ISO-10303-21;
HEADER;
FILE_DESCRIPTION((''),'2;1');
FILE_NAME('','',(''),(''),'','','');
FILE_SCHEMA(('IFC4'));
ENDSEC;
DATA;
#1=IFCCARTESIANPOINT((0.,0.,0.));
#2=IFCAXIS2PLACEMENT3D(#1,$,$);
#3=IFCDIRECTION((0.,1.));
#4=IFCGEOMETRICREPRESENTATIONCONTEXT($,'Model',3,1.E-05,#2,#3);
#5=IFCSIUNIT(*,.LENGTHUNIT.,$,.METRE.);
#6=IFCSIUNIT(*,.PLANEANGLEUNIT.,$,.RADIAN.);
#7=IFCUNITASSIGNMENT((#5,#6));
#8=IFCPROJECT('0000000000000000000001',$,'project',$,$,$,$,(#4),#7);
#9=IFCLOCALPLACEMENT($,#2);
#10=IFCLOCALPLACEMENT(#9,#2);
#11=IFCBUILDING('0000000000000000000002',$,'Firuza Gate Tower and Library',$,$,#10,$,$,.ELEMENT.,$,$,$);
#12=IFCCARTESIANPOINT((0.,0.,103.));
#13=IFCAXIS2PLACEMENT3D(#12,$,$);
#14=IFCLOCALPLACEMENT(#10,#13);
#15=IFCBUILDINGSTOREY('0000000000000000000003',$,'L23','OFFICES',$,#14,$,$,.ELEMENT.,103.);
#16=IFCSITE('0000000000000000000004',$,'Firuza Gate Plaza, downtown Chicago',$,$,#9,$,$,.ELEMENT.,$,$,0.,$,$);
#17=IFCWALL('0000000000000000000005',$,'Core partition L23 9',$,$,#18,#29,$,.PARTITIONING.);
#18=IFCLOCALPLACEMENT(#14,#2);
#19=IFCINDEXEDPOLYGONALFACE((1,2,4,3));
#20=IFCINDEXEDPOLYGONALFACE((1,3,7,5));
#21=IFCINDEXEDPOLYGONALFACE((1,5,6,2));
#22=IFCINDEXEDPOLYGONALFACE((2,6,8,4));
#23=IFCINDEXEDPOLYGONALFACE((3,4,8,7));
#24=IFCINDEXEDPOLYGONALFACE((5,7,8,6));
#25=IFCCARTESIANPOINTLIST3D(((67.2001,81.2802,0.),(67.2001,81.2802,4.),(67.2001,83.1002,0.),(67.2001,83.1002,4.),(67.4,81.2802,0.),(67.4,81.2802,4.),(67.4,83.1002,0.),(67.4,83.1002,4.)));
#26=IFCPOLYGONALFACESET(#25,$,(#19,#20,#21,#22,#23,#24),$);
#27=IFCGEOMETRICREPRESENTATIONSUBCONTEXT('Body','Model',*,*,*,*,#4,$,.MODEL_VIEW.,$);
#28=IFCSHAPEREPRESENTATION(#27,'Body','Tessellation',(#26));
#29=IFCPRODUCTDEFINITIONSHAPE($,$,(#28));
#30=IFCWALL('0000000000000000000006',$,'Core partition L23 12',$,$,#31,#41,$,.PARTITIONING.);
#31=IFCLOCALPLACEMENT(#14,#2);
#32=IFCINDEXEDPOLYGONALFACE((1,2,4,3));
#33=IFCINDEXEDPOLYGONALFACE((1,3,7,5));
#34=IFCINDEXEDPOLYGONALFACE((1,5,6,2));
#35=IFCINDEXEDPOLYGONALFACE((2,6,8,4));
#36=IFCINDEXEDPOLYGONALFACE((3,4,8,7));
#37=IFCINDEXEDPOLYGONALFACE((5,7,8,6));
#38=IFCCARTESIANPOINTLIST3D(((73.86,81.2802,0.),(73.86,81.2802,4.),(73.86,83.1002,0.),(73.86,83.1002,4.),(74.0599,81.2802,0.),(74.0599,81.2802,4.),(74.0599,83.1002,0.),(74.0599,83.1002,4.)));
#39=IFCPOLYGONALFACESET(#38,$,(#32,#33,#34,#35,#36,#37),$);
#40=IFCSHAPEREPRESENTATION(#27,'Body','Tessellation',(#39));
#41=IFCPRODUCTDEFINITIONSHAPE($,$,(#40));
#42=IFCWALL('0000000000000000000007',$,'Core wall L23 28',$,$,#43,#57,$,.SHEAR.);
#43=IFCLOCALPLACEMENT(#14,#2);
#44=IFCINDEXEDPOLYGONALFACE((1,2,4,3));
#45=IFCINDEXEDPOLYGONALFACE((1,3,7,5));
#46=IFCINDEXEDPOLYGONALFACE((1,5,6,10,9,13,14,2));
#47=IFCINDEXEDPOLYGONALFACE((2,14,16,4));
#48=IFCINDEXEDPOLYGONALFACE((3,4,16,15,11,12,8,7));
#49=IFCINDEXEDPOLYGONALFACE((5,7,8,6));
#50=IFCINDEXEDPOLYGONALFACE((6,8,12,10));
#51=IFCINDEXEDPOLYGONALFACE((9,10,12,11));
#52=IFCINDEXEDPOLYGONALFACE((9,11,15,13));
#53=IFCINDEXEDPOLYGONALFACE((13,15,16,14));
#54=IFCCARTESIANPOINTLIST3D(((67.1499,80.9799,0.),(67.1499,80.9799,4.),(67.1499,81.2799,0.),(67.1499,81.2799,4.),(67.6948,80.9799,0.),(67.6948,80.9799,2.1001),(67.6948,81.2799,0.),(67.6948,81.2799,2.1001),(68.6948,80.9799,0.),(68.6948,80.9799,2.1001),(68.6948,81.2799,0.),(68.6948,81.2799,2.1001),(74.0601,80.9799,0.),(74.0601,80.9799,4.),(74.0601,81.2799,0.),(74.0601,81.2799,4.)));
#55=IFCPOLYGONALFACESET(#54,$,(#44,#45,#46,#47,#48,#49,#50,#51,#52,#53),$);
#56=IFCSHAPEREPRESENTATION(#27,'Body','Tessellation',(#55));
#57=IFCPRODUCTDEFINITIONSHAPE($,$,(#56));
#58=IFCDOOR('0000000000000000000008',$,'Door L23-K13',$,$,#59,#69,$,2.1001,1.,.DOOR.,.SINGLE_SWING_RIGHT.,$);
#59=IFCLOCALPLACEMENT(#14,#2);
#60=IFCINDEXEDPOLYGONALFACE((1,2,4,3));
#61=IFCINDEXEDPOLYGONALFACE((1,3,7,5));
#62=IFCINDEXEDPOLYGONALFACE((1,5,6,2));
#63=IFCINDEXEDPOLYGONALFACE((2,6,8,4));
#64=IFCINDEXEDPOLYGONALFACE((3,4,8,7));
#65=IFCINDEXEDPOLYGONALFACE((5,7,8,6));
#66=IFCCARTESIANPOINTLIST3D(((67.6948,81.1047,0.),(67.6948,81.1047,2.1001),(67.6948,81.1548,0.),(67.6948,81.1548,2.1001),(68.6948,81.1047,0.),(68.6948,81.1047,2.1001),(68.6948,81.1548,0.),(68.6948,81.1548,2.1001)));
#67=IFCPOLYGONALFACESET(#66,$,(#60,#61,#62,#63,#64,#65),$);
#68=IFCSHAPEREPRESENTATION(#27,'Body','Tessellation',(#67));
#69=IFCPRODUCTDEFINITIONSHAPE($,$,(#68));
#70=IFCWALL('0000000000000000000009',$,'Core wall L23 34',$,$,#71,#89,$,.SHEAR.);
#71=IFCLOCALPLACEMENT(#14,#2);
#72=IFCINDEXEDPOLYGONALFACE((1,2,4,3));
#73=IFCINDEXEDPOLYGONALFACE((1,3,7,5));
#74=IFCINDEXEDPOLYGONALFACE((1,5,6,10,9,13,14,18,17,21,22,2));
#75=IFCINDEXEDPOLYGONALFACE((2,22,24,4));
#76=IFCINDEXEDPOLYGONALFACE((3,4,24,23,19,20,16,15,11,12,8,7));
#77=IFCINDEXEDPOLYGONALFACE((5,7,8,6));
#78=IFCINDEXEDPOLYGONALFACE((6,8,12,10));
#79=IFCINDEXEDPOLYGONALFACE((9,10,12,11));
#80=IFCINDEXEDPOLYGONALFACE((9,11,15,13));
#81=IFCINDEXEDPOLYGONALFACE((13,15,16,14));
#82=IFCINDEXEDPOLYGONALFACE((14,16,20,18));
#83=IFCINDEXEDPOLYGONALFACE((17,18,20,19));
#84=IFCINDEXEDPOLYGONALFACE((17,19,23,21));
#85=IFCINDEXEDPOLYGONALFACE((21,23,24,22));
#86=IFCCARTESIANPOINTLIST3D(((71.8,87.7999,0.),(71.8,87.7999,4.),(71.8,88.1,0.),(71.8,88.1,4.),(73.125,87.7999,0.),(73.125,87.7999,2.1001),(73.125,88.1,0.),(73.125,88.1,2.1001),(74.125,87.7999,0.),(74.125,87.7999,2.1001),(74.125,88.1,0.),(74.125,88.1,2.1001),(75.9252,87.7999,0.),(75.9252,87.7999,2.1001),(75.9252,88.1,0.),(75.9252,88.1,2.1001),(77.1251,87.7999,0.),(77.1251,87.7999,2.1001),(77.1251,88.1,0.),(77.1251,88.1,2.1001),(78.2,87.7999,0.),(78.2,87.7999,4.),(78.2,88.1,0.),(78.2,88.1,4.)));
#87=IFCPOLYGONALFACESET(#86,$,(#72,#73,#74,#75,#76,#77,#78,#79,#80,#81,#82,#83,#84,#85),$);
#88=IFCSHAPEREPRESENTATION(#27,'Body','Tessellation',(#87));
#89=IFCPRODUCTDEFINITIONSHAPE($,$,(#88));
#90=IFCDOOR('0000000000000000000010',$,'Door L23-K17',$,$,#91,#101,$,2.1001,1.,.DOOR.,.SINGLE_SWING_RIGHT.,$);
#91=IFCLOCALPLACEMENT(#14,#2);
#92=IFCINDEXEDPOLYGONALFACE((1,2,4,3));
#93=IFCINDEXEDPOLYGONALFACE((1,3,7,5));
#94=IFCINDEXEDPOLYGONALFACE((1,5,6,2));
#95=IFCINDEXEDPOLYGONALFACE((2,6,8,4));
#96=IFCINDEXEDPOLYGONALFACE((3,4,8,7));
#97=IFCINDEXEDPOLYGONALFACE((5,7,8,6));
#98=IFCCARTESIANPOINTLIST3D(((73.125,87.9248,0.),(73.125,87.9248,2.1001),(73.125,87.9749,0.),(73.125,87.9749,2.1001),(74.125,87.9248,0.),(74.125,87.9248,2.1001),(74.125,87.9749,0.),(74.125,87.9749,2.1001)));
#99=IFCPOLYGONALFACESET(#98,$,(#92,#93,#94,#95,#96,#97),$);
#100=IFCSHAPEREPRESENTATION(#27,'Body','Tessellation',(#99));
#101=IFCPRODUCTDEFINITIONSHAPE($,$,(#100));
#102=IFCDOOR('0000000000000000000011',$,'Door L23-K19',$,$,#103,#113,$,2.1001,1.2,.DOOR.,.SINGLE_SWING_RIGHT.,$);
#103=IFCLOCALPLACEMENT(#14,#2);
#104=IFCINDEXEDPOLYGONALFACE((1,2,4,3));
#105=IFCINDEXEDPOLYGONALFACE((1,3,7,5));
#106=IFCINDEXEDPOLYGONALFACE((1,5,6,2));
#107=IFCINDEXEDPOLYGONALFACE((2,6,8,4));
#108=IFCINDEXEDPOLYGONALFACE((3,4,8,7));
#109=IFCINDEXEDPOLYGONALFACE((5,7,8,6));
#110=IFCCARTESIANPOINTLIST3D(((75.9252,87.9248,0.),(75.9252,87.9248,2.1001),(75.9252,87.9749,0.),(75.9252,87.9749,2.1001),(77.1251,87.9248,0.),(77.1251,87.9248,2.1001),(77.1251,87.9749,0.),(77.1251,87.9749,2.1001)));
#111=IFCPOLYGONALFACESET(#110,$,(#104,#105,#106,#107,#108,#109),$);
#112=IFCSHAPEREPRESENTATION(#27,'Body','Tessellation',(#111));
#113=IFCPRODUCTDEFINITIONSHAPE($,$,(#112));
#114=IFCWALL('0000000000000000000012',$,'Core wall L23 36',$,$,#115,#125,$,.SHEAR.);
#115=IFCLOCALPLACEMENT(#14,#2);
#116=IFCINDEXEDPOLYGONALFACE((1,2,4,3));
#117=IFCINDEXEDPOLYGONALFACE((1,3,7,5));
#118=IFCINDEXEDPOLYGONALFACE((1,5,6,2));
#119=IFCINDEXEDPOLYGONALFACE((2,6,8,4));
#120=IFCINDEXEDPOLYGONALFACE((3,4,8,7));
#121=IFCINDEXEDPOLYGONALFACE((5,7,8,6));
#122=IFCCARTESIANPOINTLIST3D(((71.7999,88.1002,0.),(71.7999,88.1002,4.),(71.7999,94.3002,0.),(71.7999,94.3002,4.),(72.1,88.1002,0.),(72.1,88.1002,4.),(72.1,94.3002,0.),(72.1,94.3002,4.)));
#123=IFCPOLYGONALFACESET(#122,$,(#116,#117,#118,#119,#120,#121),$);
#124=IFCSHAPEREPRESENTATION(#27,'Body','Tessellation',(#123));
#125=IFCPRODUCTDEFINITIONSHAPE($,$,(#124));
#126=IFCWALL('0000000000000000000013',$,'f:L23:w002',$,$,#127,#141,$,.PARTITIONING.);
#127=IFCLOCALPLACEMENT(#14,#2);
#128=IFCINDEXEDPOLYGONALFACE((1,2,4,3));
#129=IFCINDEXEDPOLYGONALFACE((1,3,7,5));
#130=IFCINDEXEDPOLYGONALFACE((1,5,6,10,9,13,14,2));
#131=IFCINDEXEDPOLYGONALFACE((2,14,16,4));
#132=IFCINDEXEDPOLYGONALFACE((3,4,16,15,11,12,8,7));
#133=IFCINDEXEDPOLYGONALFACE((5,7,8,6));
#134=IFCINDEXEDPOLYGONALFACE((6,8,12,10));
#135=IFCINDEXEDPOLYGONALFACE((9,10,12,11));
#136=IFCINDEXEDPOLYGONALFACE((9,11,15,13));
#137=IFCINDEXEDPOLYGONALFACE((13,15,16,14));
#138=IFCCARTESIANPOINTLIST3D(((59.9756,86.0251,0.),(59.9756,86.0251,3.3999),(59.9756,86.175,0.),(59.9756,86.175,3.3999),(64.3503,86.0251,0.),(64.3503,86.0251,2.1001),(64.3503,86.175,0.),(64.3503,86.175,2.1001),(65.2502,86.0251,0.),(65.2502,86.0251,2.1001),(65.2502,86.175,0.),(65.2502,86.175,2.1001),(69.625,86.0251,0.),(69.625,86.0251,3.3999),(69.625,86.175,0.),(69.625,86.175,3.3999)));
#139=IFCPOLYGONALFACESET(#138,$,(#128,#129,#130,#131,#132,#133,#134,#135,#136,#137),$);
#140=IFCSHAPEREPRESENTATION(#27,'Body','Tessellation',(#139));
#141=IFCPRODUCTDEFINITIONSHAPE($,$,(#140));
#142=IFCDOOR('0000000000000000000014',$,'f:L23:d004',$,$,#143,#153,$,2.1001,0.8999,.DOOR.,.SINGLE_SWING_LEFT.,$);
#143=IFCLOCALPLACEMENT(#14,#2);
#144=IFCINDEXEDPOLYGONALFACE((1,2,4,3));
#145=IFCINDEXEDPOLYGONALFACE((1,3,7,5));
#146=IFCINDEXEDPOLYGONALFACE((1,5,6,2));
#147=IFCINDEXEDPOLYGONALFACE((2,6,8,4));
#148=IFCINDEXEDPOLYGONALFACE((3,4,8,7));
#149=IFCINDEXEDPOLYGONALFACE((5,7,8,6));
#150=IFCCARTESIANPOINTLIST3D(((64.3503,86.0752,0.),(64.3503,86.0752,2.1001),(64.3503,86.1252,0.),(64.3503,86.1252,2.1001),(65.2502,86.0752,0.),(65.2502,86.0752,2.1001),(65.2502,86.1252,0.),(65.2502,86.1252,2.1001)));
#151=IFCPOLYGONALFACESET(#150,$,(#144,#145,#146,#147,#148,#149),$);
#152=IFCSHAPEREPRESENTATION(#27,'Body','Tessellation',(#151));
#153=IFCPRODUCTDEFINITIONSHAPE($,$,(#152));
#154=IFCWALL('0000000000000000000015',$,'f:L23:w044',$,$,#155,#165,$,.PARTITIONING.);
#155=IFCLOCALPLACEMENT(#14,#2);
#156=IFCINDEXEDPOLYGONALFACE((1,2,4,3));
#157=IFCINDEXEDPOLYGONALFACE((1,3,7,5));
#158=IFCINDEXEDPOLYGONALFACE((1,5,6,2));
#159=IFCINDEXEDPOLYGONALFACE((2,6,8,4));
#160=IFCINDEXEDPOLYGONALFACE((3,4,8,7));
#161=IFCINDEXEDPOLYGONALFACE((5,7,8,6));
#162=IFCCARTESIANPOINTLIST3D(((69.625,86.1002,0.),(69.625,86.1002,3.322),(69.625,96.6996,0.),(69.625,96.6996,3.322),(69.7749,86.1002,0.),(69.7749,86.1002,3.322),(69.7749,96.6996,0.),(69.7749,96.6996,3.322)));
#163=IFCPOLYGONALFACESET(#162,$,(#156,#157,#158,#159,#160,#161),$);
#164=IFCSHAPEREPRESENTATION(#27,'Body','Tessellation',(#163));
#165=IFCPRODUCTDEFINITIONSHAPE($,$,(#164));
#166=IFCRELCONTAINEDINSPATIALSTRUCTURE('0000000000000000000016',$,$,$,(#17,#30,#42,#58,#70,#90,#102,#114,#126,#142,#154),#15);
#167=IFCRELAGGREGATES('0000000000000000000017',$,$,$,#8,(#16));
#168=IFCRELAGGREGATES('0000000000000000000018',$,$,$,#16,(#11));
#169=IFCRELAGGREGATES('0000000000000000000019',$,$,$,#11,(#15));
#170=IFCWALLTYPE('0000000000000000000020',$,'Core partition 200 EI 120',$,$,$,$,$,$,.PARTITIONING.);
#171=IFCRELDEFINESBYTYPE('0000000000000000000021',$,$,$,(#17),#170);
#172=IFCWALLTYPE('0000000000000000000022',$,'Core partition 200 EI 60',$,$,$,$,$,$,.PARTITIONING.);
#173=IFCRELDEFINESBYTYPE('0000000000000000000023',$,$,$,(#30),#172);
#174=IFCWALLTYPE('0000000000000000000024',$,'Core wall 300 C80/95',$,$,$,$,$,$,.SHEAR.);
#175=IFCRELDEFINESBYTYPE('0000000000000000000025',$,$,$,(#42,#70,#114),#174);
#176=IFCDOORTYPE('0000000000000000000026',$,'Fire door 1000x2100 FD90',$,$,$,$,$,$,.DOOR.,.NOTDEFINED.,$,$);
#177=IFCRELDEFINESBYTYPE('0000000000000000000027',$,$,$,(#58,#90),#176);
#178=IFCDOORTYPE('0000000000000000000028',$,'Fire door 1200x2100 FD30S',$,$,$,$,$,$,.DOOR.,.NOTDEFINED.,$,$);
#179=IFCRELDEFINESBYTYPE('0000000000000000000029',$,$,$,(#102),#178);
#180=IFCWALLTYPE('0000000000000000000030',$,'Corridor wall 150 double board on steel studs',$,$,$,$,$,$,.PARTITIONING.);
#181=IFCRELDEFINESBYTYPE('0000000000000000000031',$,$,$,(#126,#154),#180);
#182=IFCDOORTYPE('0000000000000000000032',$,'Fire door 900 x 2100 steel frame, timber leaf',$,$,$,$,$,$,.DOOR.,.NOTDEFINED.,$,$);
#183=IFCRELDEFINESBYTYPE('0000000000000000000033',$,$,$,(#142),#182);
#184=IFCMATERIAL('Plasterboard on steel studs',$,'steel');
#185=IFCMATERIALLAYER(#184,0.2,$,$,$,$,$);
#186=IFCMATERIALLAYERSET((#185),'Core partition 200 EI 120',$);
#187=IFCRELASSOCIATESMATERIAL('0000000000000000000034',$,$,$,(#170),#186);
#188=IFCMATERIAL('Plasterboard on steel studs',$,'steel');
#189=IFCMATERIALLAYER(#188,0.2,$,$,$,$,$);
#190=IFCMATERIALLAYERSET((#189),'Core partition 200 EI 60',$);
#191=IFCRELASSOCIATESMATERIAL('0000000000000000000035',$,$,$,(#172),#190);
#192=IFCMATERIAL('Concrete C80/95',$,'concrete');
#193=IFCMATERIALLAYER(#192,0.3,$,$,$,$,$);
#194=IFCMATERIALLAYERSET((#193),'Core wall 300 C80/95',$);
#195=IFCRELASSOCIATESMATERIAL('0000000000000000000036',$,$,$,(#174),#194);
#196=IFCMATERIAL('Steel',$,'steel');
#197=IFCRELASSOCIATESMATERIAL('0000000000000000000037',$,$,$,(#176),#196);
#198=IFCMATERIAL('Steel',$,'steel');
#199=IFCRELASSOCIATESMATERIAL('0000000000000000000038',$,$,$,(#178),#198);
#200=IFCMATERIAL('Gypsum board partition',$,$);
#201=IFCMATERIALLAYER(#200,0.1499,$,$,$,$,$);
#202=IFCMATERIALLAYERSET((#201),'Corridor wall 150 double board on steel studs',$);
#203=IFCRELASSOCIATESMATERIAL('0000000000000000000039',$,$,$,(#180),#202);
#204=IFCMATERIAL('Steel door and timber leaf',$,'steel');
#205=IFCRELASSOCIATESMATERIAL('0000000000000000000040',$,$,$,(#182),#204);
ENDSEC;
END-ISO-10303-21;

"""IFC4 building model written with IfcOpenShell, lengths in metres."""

from ifc_helpers import new_model, si_unit, direction, frame, frame_2d, origin, place, context, subcontext, project, spatial, rectangle, extrude, material, layer, layer_set, type_object, element, fill, save


model = new_model("IFC4")

# Units and contexts
model_context = context("Model", 3, precision=1e-05, world=origin(), true_north=direction((0.0, 1.0)))
body_context = subcontext(model_context, "Body", "Model", "MODEL_VIEW")
ifc_project = project(units=[si_unit("LENGTHUNIT", "METRE"), si_unit("PLANEANGLEUNIT", "RADIAN")], contexts=[model_context])

# Site, building, storey
site_placement = place(None, origin())
site = spatial("IfcSite", under=ifc_project, at=site_placement, Name="Firuza Gate Plaza, downtown Chicago", CompositionType="ELEMENT", RefElevation=0.0)
building_placement = place(site_placement, origin())
building = spatial("IfcBuilding", under=site, at=building_placement, Name="Firuza Gate Tower and Library", CompositionType="ELEMENT")
storey_placement = place(building_placement, frame((0.0, 0.0, 103.0)))
storey = spatial("IfcBuildingStorey", under=building, at=storey_placement, Name="L23", Description="OFFICES", CompositionType="ELEMENT", Elevation=103.0)

# Walls
ifc_material_1 = material(Name="Plasterboard on steel studs", Category="steel")
ifc_layer_1 = layer(ifc_material_1, 0.2)
ifc_layer_set_1 = layer_set([ifc_layer_1], Name="Core partition 200 EI 120")
wall_type_1 = type_object("IfcWallType", Name="Core partition 200 EI 120", PredefinedType="PARTITIONING", material=ifc_layer_set_1)
wall_1_placement = place(storey_placement, frame((67.3, 81.28, 0.0), z_axis=(0.0, 0.0, 1.0), x_axis=(0.0, 1.0, 0.0)))
element("IfcWall", 1, at=wall_1_placement, inside=storey, type_object=wall_type_1, Name="Core partition L23 9", PredefinedType="PARTITIONING", context=body_context, shape_type="SweptSolid", body=[
    extrude(rectangle(XDim=1.8201, YDim=0.2, at=frame_2d((0.9102, 0.0))), origin(), (0.0, 0.0, 1.0), 4.0),
])
ifc_material_2 = material(Name="Plasterboard on steel studs", Category="steel")
ifc_layer_2 = layer(ifc_material_2, 0.2)
ifc_layer_set_2 = layer_set([ifc_layer_2], Name="Core partition 200 EI 60")
wall_type_2 = type_object("IfcWallType", Name="Core partition 200 EI 60", PredefinedType="PARTITIONING", material=ifc_layer_set_2)
wall_2_placement = place(storey_placement, frame((73.96, 81.28, 0.0), z_axis=(0.0, 0.0, 1.0), x_axis=(0.0, 1.0, 0.0)))
element("IfcWall", 2, at=wall_2_placement, inside=storey, type_object=wall_type_2, Name="Core partition L23 12", PredefinedType="PARTITIONING", context=body_context, shape_type="SweptSolid", body=[
    extrude(rectangle(XDim=1.8201, YDim=0.2, at=frame_2d((0.9102, 0.0))), origin(), (0.0, 0.0, 1.0), 4.0),
])

# Wall, opening, door
ifc_material_3 = material(Name="Concrete C80/95", Category="concrete")
ifc_layer_3 = layer(ifc_material_3, 0.3)
ifc_layer_set_3 = layer_set([ifc_layer_3], Name="Core wall 300 C80/95")
wall_type_3 = type_object("IfcWallType", Name="Core wall 300 C80/95", PredefinedType="SHEAR", material=ifc_layer_set_3)
wall_3_placement = place(storey_placement, frame((67.1499, 81.1299, 0.0), z_axis=(0.0, 0.0, 1.0), x_axis=(1.0, 0.0, 0.0)))
wall_3 = element("IfcWall", 3, at=wall_3_placement, inside=storey, type_object=wall_type_3, Name="Core wall L23 28", PredefinedType="SHEAR", context=body_context, shape_type="SweptSolid", body=[
    extrude(rectangle(XDim=6.9102, YDim=0.3, at=frame_2d((3.4551, 0.0))), origin(), (0.0, 0.0, 1.0), 4.0),
])
opening_1_placement = place(wall_3_placement, frame((0.5449, 0.0, 0.0)))
opening_1 = element("IfcOpeningElement", 4, at=opening_1_placement, cuts=wall_3, PredefinedType="OPENING", context=body_context, shape_type="SweptSolid", body=[
    extrude(rectangle(XDim=1.0, YDim=2.1001, at=frame_2d((0.5, 1.05))), frame((0.0, 0.1602, 0.0), z_axis=(0.0, -1.0, 0.0), x_axis=(1.0, 0.0, 0.0)), (0.0, 0.0, 1.0), 0.3201),
])
ifc_material_4 = material(Name="Steel", Category="steel")
door_type_1 = type_object("IfcDoorType", Name="Fire door 1000x2100 FD90", OperationType="NOTDEFINED", PredefinedType="DOOR", material=ifc_material_4)
door_1_placement = place(opening_1_placement, origin())
door_1 = element("IfcDoor", 5, at=door_1_placement, inside=storey, type_object=door_type_1, Name="Door L23-K13", OperationType="SINGLE_SWING_RIGHT", OverallHeight=2.1001, OverallWidth=1.0, PredefinedType="DOOR", context=body_context, shape_type="SweptSolid", body=[
    extrude(rectangle(XDim=1.0, YDim=2.1001, at=frame_2d((0.5, 1.05))), frame((0.0, 0.0249, 0.0), z_axis=(0.0, -1.0, 0.0), x_axis=(1.0, 0.0, 0.0)), (0.0, 0.0, 1.0), 0.05),
])
fill(opening_1, door_1)

# Wall, openings, doors
wall_4_placement = place(storey_placement, frame((71.8, 87.95, 0.0), z_axis=(0.0, 0.0, 1.0), x_axis=(1.0, 0.0, 0.0)))
wall_4 = element("IfcWall", 6, at=wall_4_placement, inside=storey, type_object=wall_type_3, Name="Core wall L23 34", PredefinedType="SHEAR", context=body_context, shape_type="SweptSolid", body=[
    extrude(rectangle(XDim=6.3999, YDim=0.3, at=frame_2d((3.2, 0.0))), origin(), (0.0, 0.0, 1.0), 4.0),
])
opening_2_placement = place(wall_4_placement, frame((1.325, 0.0, 0.0)))
opening_2 = element("IfcOpeningElement", 7, at=opening_2_placement, cuts=wall_4, PredefinedType="OPENING", context=body_context, shape_type="SweptSolid", body=[
    extrude(rectangle(XDim=1.0, YDim=2.1001, at=frame_2d((0.5, 1.05))), frame((0.0, 0.1602, 0.0), z_axis=(0.0, -1.0, 0.0), x_axis=(1.0, 0.0, 0.0)), (0.0, 0.0, 1.0), 0.3201),
])
opening_3_placement = place(wall_4_placement, frame((4.125, 0.0, 0.0)))
opening_3 = element("IfcOpeningElement", 8, at=opening_3_placement, cuts=wall_4, PredefinedType="OPENING", context=body_context, shape_type="SweptSolid", body=[
    extrude(rectangle(XDim=1.2, YDim=2.1001, at=frame_2d((0.6001, 1.05))), frame((0.0, 0.1602, 0.0), z_axis=(0.0, -1.0, 0.0), x_axis=(1.0, 0.0, 0.0)), (0.0, 0.0, 1.0), 0.3201),
])
door_2_placement = place(opening_2_placement, origin())
door_2 = element("IfcDoor", 9, at=door_2_placement, inside=storey, type_object=door_type_1, Name="Door L23-K17", OperationType="SINGLE_SWING_RIGHT", OverallHeight=2.1001, OverallWidth=1.0, PredefinedType="DOOR", context=body_context, shape_type="SweptSolid", body=[
    extrude(rectangle(XDim=1.0, YDim=2.1001, at=frame_2d((0.5, 1.05))), frame((0.0, 0.0249, 0.0), z_axis=(0.0, -1.0, 0.0), x_axis=(1.0, 0.0, 0.0)), (0.0, 0.0, 1.0), 0.05),
])
fill(opening_2, door_2)
ifc_material_5 = material(Name="Steel", Category="steel")
door_type_2 = type_object("IfcDoorType", Name="Fire door 1200x2100 FD30S", OperationType="NOTDEFINED", PredefinedType="DOOR", material=ifc_material_5)
door_3_placement = place(opening_3_placement, origin())
door_3 = element("IfcDoor", 10, at=door_3_placement, inside=storey, type_object=door_type_2, Name="Door L23-K19", OperationType="SINGLE_SWING_RIGHT", OverallHeight=2.1001, OverallWidth=1.2, PredefinedType="DOOR", context=body_context, shape_type="SweptSolid", body=[
    extrude(rectangle(XDim=1.2, YDim=2.1001, at=frame_2d((0.6001, 1.05))), frame((0.0, 0.0249, 0.0), z_axis=(0.0, -1.0, 0.0), x_axis=(1.0, 0.0, 0.0)), (0.0, 0.0, 1.0), 0.05),
])
fill(opening_3, door_3)

# Wall
wall_5_placement = place(storey_placement, frame((71.95, 88.1001, 0.0), z_axis=(0.0, 0.0, 1.0), x_axis=(0.0, 1.0, 0.0)))
element("IfcWall", 11, at=wall_5_placement, inside=storey, type_object=wall_type_3, Name="Core wall L23 36", PredefinedType="SHEAR", context=body_context, shape_type="SweptSolid", body=[
    extrude(rectangle(XDim=6.2, YDim=0.3, at=frame_2d((3.1001, 0.0))), origin(), (0.0, 0.0, 1.0), 4.0),
])

# Wall, opening, door
ifc_material_6 = material(Name="Gypsum board partition")
ifc_layer_4 = layer(ifc_material_6, 0.1499)
ifc_layer_set_4 = layer_set([ifc_layer_4], Name="Corridor wall 150 double board on steel studs")
wall_type_4 = type_object("IfcWallType", Name="Corridor wall 150 double board on steel studs", PredefinedType="PARTITIONING", material=ifc_layer_set_4)
wall_6_placement = place(storey_placement, frame((69.625, 86.1001, 0.0), z_axis=(0.0, 0.0, 1.0), x_axis=(-1.0, 0.0, 0.0)))
wall_6 = element("IfcWall", 12, at=wall_6_placement, inside=storey, type_object=wall_type_4, Name="f:L23:w002", PredefinedType="PARTITIONING", context=body_context, shape_type="SweptSolid", body=[
    extrude(rectangle(XDim=9.6494, YDim=0.1499, at=frame_2d((4.8247, 0.0))), origin(), (0.0, 0.0, 1.0), 3.3999),
])
opening_4_placement = place(wall_6_placement, frame((4.3748, 0.0, 0.0)))
opening_4 = element("IfcOpeningElement", 13, at=opening_4_placement, cuts=wall_6, PredefinedType="OPENING", context=body_context, shape_type="SweptSolid", body=[
    extrude(rectangle(XDim=0.8999, YDim=2.1001, at=frame_2d((0.45, 1.05))), frame((0.0, 0.085, 0.0), z_axis=(0.0, -1.0, 0.0), x_axis=(1.0, 0.0, 0.0)), (0.0, 0.0, 1.0), 0.1699),
])
ifc_material_7 = material(Name="Steel door and timber leaf", Category="steel")
door_type_3 = type_object("IfcDoorType", Name="Fire door 900 x 2100 steel frame, timber leaf", OperationType="NOTDEFINED", PredefinedType="DOOR", material=ifc_material_7)
door_4_placement = place(opening_4_placement, origin())
door_4 = element("IfcDoor", 14, at=door_4_placement, inside=storey, type_object=door_type_3, Name="f:L23:d004", OperationType="SINGLE_SWING_LEFT", OverallHeight=2.1001, OverallWidth=0.8999, PredefinedType="DOOR", context=body_context, shape_type="SweptSolid", body=[
    extrude(rectangle(XDim=0.8999, YDim=2.1001, at=frame_2d((0.45, 1.05))), frame((0.0, 0.0249, 0.0), z_axis=(0.0, -1.0, 0.0), x_axis=(1.0, 0.0, 0.0)), (0.0, 0.0, 1.0), 0.05),
])
fill(opening_4, door_4)

# Wall
wall_7_placement = place(storey_placement, frame((69.7, 86.1001, 0.0), z_axis=(0.0, 0.0, 1.0), x_axis=(0.0, 1.0, 0.0)))
element("IfcWall", 15, at=wall_7_placement, inside=storey, type_object=wall_type_4, Name="f:L23:w044", PredefinedType="PARTITIONING", context=body_context, shape_type="SweptSolid", body=[
    extrude(rectangle(XDim=10.5994, YDim=0.1499, at=frame_2d((5.2998, 0.0))), origin(), (0.0, 0.0, 1.0), 3.322),
])

save(model, "model.ifc")
